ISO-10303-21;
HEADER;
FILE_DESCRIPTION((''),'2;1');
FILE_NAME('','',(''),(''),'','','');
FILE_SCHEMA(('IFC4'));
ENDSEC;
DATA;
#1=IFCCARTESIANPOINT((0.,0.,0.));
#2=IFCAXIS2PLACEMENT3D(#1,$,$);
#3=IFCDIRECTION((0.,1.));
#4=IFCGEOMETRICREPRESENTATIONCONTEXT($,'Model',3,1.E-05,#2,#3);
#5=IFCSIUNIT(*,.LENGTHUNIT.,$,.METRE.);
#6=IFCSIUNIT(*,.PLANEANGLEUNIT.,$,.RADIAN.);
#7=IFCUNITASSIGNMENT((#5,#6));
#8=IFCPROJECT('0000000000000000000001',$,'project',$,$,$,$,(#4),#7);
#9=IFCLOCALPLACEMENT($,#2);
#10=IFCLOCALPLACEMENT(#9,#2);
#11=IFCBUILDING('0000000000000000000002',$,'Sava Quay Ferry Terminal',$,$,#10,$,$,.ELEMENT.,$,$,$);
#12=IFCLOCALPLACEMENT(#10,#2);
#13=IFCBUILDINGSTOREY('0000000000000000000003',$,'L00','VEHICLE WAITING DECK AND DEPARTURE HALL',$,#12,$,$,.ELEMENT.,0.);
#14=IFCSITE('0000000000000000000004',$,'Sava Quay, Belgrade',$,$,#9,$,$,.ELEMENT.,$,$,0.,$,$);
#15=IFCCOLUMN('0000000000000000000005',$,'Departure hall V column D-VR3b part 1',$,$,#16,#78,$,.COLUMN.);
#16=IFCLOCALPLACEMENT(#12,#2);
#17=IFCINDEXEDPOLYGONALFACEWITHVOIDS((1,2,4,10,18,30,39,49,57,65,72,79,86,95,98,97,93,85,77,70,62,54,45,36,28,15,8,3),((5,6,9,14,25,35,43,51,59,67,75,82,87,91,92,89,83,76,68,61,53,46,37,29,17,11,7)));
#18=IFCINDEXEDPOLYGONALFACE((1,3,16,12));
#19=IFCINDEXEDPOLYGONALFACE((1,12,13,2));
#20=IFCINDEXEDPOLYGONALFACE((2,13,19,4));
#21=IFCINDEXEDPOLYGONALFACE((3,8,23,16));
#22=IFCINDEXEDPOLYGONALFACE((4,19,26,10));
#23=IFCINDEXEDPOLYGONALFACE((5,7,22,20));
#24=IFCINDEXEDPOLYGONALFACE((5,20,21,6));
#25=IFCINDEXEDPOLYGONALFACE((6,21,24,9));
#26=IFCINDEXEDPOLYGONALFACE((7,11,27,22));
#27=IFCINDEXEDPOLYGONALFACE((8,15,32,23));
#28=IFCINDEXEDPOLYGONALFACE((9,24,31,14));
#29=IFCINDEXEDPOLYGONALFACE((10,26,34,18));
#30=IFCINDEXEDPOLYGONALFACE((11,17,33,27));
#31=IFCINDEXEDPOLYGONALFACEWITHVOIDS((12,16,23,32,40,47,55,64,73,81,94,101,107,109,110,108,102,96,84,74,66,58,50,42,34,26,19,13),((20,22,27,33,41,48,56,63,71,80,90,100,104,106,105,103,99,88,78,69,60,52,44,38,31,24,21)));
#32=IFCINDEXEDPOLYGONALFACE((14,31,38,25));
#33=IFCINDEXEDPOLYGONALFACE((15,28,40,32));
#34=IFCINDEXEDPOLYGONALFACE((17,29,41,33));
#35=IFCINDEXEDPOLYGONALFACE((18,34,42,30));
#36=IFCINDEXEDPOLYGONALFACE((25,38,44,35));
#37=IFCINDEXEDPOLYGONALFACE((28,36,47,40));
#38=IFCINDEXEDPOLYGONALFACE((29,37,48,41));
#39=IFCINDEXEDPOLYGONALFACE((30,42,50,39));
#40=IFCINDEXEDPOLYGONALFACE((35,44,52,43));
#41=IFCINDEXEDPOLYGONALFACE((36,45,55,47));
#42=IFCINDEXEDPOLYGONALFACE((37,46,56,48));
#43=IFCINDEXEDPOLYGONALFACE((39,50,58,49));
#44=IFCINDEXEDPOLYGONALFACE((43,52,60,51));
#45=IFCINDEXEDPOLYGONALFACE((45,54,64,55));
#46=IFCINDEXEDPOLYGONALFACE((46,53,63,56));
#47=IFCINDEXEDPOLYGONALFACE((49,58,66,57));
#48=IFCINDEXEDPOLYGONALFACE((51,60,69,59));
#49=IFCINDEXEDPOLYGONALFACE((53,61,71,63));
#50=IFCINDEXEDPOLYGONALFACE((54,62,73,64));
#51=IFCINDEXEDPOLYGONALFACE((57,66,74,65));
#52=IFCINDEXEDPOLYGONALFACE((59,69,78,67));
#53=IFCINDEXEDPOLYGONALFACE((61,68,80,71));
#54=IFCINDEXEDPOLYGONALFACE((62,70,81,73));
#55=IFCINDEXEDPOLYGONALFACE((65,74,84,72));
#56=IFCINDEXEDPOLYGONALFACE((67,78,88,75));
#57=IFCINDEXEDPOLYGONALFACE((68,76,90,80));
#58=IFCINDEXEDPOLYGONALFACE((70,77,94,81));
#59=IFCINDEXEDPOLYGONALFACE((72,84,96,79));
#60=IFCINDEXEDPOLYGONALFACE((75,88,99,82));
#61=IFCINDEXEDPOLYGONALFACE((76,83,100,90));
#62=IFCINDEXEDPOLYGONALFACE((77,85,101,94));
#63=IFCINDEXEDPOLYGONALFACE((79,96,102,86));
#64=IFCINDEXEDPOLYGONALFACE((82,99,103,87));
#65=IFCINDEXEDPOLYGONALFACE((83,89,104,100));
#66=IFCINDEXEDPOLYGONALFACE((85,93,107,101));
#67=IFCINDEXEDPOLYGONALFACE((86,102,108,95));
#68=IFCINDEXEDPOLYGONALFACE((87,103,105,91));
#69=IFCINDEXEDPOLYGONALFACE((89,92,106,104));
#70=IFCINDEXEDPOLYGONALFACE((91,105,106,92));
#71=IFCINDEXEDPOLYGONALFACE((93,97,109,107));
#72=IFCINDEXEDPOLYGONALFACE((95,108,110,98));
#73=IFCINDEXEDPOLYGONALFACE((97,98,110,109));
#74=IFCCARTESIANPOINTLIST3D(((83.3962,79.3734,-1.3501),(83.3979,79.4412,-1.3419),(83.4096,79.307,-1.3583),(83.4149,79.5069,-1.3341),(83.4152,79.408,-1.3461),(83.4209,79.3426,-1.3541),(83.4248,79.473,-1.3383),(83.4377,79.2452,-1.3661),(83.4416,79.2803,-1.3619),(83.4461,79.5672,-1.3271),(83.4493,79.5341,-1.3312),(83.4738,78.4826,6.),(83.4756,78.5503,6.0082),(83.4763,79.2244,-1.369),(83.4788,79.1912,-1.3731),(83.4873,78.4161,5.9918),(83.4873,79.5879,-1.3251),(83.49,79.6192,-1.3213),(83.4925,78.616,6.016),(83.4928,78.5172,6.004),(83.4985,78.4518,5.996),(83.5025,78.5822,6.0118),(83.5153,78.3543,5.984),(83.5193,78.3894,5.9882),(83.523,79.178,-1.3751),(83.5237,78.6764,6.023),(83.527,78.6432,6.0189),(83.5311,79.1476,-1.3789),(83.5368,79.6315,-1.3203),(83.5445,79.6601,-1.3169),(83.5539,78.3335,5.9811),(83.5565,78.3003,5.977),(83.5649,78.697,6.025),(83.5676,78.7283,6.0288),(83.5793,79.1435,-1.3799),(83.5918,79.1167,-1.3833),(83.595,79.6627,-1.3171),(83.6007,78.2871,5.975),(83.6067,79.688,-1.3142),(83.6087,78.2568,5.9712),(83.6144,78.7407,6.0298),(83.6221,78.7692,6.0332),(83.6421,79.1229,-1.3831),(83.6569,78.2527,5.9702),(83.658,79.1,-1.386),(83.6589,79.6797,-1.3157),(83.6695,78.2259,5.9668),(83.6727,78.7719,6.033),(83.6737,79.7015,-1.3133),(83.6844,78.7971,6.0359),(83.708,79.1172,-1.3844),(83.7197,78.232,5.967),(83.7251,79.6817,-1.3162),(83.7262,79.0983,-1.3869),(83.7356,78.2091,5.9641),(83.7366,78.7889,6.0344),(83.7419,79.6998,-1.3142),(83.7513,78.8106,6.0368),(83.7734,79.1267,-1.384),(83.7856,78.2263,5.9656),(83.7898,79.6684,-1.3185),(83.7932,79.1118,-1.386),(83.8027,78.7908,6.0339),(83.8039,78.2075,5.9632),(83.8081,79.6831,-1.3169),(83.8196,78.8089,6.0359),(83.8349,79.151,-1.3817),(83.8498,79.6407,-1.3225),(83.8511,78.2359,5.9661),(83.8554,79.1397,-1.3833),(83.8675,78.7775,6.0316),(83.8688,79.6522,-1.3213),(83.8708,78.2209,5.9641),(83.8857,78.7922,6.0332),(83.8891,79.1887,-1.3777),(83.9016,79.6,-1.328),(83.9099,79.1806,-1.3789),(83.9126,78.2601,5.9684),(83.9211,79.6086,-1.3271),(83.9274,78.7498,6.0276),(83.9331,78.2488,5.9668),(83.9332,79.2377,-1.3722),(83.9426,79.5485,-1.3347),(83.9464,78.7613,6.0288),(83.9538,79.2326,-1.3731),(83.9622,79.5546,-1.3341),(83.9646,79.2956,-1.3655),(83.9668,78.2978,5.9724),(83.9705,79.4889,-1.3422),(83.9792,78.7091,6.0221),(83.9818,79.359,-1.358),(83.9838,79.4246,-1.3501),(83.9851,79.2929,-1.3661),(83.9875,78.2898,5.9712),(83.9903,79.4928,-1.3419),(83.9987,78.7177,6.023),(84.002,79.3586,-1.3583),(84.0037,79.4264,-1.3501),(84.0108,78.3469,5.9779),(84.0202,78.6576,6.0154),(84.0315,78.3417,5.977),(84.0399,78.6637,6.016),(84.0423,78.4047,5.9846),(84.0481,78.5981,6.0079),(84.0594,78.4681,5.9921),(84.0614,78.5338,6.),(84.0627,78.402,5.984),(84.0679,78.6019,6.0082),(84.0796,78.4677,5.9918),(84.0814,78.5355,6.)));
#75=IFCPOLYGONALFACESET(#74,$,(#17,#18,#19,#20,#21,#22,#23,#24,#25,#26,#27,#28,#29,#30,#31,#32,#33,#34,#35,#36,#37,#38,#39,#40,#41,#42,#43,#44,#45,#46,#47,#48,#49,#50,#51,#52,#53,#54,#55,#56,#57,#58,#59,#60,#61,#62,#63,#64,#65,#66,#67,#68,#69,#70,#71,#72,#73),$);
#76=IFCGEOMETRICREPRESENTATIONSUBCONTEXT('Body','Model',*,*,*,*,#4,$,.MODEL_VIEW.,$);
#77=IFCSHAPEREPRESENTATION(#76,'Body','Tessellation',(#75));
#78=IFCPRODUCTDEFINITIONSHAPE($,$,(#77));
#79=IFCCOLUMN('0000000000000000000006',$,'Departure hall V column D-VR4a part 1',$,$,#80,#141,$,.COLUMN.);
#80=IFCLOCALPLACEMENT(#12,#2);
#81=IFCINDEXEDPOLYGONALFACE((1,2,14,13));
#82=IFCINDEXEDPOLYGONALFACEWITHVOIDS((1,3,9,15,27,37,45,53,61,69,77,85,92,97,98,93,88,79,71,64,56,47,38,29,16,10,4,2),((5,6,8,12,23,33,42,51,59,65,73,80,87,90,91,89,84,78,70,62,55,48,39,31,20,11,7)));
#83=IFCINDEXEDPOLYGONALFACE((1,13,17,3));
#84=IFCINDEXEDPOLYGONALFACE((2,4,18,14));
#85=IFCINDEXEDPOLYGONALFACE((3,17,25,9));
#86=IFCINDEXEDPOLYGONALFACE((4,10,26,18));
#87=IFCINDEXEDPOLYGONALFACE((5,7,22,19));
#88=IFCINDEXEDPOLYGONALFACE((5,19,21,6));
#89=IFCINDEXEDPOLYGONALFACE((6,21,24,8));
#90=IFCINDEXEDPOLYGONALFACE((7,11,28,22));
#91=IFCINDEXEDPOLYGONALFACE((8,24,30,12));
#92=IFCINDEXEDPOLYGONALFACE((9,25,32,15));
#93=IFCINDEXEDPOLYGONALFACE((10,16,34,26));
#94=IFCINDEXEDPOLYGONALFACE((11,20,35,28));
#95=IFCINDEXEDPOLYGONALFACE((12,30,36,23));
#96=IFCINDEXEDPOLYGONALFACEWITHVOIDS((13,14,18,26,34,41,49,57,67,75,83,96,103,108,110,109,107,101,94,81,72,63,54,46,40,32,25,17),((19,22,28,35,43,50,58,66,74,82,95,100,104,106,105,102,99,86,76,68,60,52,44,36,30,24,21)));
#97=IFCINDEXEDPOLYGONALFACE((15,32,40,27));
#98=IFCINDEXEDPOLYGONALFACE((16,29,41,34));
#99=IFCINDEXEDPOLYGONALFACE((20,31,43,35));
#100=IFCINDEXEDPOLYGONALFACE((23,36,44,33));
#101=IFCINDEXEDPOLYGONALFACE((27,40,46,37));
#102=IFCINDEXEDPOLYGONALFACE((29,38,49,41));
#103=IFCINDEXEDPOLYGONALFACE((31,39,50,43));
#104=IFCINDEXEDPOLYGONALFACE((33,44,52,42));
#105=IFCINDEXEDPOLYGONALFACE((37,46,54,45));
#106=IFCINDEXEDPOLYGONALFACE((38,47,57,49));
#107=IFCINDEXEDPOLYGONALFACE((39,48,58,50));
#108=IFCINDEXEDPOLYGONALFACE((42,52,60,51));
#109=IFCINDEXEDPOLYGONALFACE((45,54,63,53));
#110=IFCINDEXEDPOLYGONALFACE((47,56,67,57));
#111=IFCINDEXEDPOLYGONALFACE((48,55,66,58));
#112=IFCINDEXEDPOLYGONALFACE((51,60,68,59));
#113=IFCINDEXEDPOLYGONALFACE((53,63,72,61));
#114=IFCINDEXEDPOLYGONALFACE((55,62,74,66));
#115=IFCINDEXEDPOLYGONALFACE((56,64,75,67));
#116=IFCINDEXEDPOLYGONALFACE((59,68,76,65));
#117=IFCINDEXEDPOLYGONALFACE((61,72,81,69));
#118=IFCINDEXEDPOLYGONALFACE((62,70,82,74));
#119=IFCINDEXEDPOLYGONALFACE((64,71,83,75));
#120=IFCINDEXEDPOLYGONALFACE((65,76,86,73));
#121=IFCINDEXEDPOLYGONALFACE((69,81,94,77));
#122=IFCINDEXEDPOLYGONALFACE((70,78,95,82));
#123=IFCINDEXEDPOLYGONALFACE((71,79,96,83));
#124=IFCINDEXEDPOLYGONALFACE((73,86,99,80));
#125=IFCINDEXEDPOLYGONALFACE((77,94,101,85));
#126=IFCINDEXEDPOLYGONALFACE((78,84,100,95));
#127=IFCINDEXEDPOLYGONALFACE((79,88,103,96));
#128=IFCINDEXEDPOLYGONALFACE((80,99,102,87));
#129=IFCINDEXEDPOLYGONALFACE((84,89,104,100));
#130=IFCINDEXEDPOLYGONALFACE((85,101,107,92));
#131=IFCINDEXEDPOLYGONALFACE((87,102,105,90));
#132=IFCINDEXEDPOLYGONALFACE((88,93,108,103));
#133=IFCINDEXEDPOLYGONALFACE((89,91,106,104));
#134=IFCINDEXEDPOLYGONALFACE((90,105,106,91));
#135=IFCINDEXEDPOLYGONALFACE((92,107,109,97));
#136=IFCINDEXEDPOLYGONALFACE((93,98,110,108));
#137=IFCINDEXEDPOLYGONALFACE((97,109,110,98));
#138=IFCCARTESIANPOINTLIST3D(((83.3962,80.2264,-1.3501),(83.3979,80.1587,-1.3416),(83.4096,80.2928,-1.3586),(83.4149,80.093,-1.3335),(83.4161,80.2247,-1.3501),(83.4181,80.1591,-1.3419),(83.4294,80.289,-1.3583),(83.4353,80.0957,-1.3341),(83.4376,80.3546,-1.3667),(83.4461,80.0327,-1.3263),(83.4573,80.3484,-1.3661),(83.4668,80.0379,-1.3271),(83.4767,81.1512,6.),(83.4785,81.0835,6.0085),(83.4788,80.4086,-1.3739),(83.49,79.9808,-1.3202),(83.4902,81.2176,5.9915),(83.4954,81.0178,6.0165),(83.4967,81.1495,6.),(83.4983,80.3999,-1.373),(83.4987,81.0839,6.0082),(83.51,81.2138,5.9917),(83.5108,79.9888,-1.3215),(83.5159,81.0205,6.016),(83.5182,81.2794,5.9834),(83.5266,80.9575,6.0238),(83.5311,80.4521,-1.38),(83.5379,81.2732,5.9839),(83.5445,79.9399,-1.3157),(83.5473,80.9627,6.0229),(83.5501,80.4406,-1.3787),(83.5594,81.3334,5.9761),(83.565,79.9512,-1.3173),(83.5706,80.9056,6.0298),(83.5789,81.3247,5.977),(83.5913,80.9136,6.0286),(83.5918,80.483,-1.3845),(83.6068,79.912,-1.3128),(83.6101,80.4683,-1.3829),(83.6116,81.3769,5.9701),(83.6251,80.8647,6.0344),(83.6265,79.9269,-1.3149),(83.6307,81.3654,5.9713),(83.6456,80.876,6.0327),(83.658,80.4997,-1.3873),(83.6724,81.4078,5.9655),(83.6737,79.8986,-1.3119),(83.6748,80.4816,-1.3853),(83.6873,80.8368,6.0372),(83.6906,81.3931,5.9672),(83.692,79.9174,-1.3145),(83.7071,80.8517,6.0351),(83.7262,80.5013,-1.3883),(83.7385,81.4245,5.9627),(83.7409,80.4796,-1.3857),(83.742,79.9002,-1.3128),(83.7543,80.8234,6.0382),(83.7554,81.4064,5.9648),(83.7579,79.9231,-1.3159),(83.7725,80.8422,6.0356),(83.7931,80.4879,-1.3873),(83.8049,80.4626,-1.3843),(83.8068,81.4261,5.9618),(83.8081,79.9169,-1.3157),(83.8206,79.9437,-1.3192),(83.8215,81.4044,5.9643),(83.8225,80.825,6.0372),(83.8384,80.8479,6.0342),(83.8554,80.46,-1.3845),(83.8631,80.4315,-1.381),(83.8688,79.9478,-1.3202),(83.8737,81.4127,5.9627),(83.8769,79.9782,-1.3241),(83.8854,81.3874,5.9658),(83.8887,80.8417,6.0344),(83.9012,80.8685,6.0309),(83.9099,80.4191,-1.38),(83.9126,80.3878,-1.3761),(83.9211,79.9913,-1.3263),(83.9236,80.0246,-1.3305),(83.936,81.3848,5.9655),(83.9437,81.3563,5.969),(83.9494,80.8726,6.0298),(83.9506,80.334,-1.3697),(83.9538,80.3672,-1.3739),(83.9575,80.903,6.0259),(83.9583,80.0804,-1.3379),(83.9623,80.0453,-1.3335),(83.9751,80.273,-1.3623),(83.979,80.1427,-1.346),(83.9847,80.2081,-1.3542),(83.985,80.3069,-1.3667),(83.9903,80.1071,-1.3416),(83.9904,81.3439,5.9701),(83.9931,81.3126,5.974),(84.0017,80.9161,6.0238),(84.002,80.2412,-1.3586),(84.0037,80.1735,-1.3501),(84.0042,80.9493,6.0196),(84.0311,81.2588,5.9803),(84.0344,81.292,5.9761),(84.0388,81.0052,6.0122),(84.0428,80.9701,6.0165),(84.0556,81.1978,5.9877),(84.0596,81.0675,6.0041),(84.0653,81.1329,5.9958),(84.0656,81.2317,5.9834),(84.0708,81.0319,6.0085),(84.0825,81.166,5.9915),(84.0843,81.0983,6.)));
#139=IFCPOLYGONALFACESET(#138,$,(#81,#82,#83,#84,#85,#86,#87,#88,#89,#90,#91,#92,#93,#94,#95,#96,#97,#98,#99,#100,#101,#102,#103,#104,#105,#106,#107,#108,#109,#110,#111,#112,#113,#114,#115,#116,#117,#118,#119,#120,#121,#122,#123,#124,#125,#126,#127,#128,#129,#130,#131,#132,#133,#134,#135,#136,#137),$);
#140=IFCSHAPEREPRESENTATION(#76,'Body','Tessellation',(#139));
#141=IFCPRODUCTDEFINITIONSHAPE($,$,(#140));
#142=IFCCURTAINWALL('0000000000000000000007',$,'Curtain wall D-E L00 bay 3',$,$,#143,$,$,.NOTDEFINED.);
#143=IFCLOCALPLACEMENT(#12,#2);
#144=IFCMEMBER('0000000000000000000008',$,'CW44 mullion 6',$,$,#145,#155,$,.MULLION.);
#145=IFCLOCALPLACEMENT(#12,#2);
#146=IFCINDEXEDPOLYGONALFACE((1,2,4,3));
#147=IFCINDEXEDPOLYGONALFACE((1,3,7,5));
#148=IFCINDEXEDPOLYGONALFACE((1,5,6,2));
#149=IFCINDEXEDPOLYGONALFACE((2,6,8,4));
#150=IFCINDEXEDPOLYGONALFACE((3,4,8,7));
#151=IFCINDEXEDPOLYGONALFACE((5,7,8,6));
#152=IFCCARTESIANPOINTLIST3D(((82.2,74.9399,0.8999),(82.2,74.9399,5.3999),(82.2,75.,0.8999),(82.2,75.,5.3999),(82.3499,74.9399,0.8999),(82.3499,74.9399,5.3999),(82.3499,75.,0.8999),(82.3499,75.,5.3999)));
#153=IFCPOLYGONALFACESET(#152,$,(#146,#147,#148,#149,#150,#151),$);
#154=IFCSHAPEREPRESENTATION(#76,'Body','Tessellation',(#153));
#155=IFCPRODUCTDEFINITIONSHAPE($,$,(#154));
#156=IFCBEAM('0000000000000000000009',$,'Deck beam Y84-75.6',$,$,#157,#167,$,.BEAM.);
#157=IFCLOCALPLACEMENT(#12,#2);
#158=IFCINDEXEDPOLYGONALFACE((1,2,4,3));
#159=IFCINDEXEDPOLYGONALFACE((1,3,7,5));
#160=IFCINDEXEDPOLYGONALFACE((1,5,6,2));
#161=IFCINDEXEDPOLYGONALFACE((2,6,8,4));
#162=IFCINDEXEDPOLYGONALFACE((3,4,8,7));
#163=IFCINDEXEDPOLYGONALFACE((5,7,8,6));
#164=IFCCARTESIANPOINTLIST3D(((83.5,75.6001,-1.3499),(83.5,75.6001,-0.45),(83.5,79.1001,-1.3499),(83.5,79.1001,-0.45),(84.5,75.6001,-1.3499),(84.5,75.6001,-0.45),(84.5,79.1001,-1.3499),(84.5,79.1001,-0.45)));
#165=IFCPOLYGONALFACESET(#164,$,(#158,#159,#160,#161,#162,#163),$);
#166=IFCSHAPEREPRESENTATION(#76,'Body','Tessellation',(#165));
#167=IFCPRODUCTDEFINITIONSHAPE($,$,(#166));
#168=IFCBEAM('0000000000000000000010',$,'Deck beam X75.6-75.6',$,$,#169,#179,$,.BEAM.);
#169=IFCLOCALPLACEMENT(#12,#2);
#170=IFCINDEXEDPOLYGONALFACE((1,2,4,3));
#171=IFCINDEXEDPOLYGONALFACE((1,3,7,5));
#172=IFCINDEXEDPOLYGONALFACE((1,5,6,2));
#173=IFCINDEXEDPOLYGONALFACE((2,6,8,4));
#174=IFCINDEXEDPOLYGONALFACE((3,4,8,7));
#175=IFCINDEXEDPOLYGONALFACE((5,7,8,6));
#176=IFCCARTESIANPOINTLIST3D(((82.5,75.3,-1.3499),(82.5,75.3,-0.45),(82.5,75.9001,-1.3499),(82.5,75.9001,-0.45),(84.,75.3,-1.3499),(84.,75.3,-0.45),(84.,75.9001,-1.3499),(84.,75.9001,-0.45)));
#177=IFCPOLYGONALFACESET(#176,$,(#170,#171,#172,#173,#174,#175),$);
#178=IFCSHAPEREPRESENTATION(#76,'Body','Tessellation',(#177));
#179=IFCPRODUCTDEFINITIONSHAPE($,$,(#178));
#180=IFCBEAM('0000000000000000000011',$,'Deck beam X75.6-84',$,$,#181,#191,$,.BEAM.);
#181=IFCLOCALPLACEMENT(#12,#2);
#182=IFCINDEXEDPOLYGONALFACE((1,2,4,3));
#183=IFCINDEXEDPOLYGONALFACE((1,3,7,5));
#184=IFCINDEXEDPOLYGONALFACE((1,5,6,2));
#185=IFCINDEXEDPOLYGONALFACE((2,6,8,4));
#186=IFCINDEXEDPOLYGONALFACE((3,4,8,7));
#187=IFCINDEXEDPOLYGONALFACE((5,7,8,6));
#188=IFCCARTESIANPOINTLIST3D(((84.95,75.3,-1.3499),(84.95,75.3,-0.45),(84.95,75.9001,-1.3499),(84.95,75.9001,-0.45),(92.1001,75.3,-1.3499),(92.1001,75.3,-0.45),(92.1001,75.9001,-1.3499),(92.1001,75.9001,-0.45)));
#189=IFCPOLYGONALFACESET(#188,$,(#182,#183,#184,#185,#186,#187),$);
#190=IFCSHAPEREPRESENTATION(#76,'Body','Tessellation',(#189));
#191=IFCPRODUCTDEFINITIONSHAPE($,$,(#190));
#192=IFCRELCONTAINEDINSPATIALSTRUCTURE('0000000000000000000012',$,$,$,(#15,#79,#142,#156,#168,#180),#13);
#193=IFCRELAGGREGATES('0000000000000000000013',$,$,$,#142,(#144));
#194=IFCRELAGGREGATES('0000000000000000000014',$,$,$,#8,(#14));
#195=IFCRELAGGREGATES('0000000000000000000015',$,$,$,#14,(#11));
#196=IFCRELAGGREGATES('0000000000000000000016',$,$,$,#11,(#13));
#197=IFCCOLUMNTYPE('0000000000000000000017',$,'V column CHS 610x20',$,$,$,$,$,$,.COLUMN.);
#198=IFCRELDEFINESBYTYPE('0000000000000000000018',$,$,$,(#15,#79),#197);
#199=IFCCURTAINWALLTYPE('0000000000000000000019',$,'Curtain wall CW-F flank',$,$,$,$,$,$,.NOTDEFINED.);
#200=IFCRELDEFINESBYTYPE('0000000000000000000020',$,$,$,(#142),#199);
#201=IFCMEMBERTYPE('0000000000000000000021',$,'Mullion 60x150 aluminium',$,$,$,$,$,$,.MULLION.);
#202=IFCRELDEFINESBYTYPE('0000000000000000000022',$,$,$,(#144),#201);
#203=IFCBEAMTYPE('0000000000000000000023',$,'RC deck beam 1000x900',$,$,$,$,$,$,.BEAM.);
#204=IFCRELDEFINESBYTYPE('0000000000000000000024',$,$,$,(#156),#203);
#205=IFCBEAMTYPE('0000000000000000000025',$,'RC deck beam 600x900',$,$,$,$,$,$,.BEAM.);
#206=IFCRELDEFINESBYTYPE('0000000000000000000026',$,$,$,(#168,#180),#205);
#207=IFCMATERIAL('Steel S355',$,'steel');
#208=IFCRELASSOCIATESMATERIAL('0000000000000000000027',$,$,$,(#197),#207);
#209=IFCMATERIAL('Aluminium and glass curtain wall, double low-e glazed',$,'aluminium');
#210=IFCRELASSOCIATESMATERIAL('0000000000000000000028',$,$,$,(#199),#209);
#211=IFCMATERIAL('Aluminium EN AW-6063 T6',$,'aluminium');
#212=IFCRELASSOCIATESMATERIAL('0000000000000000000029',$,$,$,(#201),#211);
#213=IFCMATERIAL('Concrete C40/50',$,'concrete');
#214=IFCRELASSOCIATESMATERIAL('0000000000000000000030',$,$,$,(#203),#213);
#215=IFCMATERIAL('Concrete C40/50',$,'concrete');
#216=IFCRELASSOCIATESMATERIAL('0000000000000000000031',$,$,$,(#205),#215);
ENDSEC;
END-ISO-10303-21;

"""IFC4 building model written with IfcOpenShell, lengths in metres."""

from ifc_helpers import new_model, si_unit, direction, frame, origin, origin_2d, place, context, subcontext, project, spatial, rectangle, hollow_circle, extrude, material, material_profile, profile_set, type_object, element, aggregate, save


model = new_model("IFC4")

# Units and contexts
model_context = context("Model", 3, precision=1e-05, world=origin(), true_north=direction((0.0, 1.0)))
body_context = subcontext(model_context, "Body", "Model", "MODEL_VIEW")
ifc_project = project(units=[si_unit("LENGTHUNIT", "METRE"), si_unit("PLANEANGLEUNIT", "RADIAN")], contexts=[model_context])

# Site, building, storey
site_placement = place(None, origin())
site = spatial("IfcSite", under=ifc_project, at=site_placement, Name="Sava Quay, Belgrade", CompositionType="ELEMENT", RefElevation=0.0)
building_placement = place(site_placement, origin())
building = spatial("IfcBuilding", under=site, at=building_placement, Name="Sava Quay Ferry Terminal", CompositionType="ELEMENT")
storey_placement = place(building_placement, origin())
storey = spatial("IfcBuildingStorey", under=building, at=storey_placement, Name="L00", Description="VEHICLE WAITING DECK AND DEPARTURE HALL", CompositionType="ELEMENT", Elevation=0.0)

# Columns
ifc_material_1 = material(Name="Steel S355", Category="steel")
ifc_material_profile_1 = material_profile(ifc_material_1, hollow_circle(Radius=0.3049, WallThickness=0.02, at=origin_2d()), Name="CHS 610 x 20.0")
ifc_profile_set_1 = profile_set([ifc_material_profile_1], Name="Steel S355")
column_type_1 = type_object("IfcColumnType", Name="V column CHS 610x20", PredefinedType="COLUMN", material=ifc_profile_set_1)
column_1_placement = place(storey_placement, frame((83.7, 79.3999, -1.3501), z_axis=(0.010485, -0.120318, 0.99268), x_axis=(0.996224, 0.086818, 0.0)))
element("IfcColumn", 1, at=column_1_placement, inside=storey, type_object=column_type_1, Name="Departure hall V column D-VR3b part 1", PredefinedType="COLUMN", context=body_context, shape_type="SweptSolid", body=[
    extrude(hollow_circle(Radius=0.3049, WallThickness=0.02, at=origin_2d()), origin(), (0.0, 0.0, 1.0), 7.4043),
])
column_2_placement = place(storey_placement, frame((83.7, 80.2, -1.3501), z_axis=(0.010875, 0.12483, 0.992118), x_axis=(-0.996227, 0.086788, 0.0)))
element("IfcColumn", 2, at=column_2_placement, inside=storey, type_object=column_type_1, Name="Departure hall V column D-VR4a part 1", PredefinedType="COLUMN", context=body_context, shape_type="SweptSolid", body=[
    extrude(hollow_circle(Radius=0.3049, WallThickness=0.02, at=origin_2d()), origin(), (0.0, 0.0, 1.0), 7.4084),
])

# Curtain wall, member
ifc_material_2 = material(Name="Aluminium and glass curtain wall, double low-e glazed", Category="aluminium")
curtain_wall_type = type_object("IfcCurtainWallType", Name="Curtain wall CW-F flank", PredefinedType="NOTDEFINED", material=ifc_material_2)
curtain_wall_placement = place(storey_placement, origin())
curtain_wall = element("IfcCurtainWall", 3, at=curtain_wall_placement, inside=storey, type_object=curtain_wall_type, Name="Curtain wall D-E L00 bay 3", PredefinedType="NOTDEFINED")
ifc_material_3 = material(Name="Aluminium EN AW-6063 T6", Category="aluminium")
ifc_material_profile_2 = material_profile(ifc_material_3, rectangle(XDim=0.1499, YDim=0.0601, at=origin_2d()), Name="Mullion 60x150 aluminium")
ifc_profile_set_2 = profile_set([ifc_material_profile_2], Name="Aluminium EN AW-6063 T6")
member_type = type_object("IfcMemberType", Name="Mullion 60x150 aluminium", PredefinedType="MULLION", material=ifc_profile_set_2)
member_placement = place(storey_placement, frame((82.2749, 74.97, 0.8999), z_axis=(0.0, 0.0, 1.0), x_axis=(-1.0, 0.0, 0.0)))
member = element("IfcMember", 4, at=member_placement, type_object=member_type, Name="CW44 mullion 6", PredefinedType="MULLION", context=body_context, shape_type="SweptSolid", body=[
    extrude(rectangle(XDim=0.1499, YDim=0.0601, at=origin_2d()), origin(), (0.0, 0.0, 1.0), 4.5),
])

# Beams
ifc_material_4 = material(Name="Concrete C40/50", Category="concrete")
ifc_material_profile_3 = material_profile(ifc_material_4, rectangle(XDim=1.0, YDim=0.8999, at=origin_2d()), Name="RC 1000x900")
ifc_profile_set_3 = profile_set([ifc_material_profile_3], Name="Concrete C40/50")
beam_type_1 = type_object("IfcBeamType", Name="RC deck beam 1000x900", PredefinedType="BEAM", material=ifc_profile_set_3)
beam_1_placement = place(storey_placement, frame((84.0, 75.6001, -0.8999), z_axis=(0.0, 1.0, 0.0), x_axis=(-1.0, 0.0, 0.0)))
element("IfcBeam", 5, at=beam_1_placement, inside=storey, type_object=beam_type_1, Name="Deck beam Y84-75.6", PredefinedType="BEAM", context=body_context, shape_type="SweptSolid", body=[
    extrude(rectangle(XDim=1.0, YDim=0.8999, at=origin_2d()), origin(), (0.0, 0.0, 1.0), 3.5),
])
ifc_material_5 = material(Name="Concrete C40/50", Category="concrete")
ifc_material_profile_4 = material_profile(ifc_material_5, rectangle(XDim=0.6001, YDim=0.8999, at=origin_2d()), Name="RC 600x900")
ifc_profile_set_4 = profile_set([ifc_material_profile_4], Name="Concrete C40/50")
beam_type_2 = type_object("IfcBeamType", Name="RC deck beam 600x900", PredefinedType="BEAM", material=ifc_profile_set_4)
beam_2_placement = place(storey_placement, frame((82.5, 75.6001, -0.8999), z_axis=(1.0, 0.0, 0.0), x_axis=(0.0, 1.0, 0.0)))
element("IfcBeam", 6, at=beam_2_placement, inside=storey, type_object=beam_type_2, Name="Deck beam X75.6-75.6", PredefinedType="BEAM", context=body_context, shape_type="SweptSolid", body=[
    extrude(rectangle(XDim=0.6001, YDim=0.8999, at=origin_2d()), origin(), (0.0, 0.0, 1.0), 1.5),
])
beam_3_placement = place(storey_placement, frame((84.95, 75.6001, -0.8999), z_axis=(1.0, 0.0, 0.0), x_axis=(0.0, 1.0, 0.0)))
element("IfcBeam", 7, at=beam_3_placement, inside=storey, type_object=beam_type_2, Name="Deck beam X75.6-84", PredefinedType="BEAM", context=body_context, shape_type="SweptSolid", body=[
    extrude(rectangle(XDim=0.6001, YDim=0.8999, at=origin_2d()), origin(), (0.0, 0.0, 1.0), 7.1501),
])

aggregate(curtain_wall, [member])

save(model, "model.ifc")
